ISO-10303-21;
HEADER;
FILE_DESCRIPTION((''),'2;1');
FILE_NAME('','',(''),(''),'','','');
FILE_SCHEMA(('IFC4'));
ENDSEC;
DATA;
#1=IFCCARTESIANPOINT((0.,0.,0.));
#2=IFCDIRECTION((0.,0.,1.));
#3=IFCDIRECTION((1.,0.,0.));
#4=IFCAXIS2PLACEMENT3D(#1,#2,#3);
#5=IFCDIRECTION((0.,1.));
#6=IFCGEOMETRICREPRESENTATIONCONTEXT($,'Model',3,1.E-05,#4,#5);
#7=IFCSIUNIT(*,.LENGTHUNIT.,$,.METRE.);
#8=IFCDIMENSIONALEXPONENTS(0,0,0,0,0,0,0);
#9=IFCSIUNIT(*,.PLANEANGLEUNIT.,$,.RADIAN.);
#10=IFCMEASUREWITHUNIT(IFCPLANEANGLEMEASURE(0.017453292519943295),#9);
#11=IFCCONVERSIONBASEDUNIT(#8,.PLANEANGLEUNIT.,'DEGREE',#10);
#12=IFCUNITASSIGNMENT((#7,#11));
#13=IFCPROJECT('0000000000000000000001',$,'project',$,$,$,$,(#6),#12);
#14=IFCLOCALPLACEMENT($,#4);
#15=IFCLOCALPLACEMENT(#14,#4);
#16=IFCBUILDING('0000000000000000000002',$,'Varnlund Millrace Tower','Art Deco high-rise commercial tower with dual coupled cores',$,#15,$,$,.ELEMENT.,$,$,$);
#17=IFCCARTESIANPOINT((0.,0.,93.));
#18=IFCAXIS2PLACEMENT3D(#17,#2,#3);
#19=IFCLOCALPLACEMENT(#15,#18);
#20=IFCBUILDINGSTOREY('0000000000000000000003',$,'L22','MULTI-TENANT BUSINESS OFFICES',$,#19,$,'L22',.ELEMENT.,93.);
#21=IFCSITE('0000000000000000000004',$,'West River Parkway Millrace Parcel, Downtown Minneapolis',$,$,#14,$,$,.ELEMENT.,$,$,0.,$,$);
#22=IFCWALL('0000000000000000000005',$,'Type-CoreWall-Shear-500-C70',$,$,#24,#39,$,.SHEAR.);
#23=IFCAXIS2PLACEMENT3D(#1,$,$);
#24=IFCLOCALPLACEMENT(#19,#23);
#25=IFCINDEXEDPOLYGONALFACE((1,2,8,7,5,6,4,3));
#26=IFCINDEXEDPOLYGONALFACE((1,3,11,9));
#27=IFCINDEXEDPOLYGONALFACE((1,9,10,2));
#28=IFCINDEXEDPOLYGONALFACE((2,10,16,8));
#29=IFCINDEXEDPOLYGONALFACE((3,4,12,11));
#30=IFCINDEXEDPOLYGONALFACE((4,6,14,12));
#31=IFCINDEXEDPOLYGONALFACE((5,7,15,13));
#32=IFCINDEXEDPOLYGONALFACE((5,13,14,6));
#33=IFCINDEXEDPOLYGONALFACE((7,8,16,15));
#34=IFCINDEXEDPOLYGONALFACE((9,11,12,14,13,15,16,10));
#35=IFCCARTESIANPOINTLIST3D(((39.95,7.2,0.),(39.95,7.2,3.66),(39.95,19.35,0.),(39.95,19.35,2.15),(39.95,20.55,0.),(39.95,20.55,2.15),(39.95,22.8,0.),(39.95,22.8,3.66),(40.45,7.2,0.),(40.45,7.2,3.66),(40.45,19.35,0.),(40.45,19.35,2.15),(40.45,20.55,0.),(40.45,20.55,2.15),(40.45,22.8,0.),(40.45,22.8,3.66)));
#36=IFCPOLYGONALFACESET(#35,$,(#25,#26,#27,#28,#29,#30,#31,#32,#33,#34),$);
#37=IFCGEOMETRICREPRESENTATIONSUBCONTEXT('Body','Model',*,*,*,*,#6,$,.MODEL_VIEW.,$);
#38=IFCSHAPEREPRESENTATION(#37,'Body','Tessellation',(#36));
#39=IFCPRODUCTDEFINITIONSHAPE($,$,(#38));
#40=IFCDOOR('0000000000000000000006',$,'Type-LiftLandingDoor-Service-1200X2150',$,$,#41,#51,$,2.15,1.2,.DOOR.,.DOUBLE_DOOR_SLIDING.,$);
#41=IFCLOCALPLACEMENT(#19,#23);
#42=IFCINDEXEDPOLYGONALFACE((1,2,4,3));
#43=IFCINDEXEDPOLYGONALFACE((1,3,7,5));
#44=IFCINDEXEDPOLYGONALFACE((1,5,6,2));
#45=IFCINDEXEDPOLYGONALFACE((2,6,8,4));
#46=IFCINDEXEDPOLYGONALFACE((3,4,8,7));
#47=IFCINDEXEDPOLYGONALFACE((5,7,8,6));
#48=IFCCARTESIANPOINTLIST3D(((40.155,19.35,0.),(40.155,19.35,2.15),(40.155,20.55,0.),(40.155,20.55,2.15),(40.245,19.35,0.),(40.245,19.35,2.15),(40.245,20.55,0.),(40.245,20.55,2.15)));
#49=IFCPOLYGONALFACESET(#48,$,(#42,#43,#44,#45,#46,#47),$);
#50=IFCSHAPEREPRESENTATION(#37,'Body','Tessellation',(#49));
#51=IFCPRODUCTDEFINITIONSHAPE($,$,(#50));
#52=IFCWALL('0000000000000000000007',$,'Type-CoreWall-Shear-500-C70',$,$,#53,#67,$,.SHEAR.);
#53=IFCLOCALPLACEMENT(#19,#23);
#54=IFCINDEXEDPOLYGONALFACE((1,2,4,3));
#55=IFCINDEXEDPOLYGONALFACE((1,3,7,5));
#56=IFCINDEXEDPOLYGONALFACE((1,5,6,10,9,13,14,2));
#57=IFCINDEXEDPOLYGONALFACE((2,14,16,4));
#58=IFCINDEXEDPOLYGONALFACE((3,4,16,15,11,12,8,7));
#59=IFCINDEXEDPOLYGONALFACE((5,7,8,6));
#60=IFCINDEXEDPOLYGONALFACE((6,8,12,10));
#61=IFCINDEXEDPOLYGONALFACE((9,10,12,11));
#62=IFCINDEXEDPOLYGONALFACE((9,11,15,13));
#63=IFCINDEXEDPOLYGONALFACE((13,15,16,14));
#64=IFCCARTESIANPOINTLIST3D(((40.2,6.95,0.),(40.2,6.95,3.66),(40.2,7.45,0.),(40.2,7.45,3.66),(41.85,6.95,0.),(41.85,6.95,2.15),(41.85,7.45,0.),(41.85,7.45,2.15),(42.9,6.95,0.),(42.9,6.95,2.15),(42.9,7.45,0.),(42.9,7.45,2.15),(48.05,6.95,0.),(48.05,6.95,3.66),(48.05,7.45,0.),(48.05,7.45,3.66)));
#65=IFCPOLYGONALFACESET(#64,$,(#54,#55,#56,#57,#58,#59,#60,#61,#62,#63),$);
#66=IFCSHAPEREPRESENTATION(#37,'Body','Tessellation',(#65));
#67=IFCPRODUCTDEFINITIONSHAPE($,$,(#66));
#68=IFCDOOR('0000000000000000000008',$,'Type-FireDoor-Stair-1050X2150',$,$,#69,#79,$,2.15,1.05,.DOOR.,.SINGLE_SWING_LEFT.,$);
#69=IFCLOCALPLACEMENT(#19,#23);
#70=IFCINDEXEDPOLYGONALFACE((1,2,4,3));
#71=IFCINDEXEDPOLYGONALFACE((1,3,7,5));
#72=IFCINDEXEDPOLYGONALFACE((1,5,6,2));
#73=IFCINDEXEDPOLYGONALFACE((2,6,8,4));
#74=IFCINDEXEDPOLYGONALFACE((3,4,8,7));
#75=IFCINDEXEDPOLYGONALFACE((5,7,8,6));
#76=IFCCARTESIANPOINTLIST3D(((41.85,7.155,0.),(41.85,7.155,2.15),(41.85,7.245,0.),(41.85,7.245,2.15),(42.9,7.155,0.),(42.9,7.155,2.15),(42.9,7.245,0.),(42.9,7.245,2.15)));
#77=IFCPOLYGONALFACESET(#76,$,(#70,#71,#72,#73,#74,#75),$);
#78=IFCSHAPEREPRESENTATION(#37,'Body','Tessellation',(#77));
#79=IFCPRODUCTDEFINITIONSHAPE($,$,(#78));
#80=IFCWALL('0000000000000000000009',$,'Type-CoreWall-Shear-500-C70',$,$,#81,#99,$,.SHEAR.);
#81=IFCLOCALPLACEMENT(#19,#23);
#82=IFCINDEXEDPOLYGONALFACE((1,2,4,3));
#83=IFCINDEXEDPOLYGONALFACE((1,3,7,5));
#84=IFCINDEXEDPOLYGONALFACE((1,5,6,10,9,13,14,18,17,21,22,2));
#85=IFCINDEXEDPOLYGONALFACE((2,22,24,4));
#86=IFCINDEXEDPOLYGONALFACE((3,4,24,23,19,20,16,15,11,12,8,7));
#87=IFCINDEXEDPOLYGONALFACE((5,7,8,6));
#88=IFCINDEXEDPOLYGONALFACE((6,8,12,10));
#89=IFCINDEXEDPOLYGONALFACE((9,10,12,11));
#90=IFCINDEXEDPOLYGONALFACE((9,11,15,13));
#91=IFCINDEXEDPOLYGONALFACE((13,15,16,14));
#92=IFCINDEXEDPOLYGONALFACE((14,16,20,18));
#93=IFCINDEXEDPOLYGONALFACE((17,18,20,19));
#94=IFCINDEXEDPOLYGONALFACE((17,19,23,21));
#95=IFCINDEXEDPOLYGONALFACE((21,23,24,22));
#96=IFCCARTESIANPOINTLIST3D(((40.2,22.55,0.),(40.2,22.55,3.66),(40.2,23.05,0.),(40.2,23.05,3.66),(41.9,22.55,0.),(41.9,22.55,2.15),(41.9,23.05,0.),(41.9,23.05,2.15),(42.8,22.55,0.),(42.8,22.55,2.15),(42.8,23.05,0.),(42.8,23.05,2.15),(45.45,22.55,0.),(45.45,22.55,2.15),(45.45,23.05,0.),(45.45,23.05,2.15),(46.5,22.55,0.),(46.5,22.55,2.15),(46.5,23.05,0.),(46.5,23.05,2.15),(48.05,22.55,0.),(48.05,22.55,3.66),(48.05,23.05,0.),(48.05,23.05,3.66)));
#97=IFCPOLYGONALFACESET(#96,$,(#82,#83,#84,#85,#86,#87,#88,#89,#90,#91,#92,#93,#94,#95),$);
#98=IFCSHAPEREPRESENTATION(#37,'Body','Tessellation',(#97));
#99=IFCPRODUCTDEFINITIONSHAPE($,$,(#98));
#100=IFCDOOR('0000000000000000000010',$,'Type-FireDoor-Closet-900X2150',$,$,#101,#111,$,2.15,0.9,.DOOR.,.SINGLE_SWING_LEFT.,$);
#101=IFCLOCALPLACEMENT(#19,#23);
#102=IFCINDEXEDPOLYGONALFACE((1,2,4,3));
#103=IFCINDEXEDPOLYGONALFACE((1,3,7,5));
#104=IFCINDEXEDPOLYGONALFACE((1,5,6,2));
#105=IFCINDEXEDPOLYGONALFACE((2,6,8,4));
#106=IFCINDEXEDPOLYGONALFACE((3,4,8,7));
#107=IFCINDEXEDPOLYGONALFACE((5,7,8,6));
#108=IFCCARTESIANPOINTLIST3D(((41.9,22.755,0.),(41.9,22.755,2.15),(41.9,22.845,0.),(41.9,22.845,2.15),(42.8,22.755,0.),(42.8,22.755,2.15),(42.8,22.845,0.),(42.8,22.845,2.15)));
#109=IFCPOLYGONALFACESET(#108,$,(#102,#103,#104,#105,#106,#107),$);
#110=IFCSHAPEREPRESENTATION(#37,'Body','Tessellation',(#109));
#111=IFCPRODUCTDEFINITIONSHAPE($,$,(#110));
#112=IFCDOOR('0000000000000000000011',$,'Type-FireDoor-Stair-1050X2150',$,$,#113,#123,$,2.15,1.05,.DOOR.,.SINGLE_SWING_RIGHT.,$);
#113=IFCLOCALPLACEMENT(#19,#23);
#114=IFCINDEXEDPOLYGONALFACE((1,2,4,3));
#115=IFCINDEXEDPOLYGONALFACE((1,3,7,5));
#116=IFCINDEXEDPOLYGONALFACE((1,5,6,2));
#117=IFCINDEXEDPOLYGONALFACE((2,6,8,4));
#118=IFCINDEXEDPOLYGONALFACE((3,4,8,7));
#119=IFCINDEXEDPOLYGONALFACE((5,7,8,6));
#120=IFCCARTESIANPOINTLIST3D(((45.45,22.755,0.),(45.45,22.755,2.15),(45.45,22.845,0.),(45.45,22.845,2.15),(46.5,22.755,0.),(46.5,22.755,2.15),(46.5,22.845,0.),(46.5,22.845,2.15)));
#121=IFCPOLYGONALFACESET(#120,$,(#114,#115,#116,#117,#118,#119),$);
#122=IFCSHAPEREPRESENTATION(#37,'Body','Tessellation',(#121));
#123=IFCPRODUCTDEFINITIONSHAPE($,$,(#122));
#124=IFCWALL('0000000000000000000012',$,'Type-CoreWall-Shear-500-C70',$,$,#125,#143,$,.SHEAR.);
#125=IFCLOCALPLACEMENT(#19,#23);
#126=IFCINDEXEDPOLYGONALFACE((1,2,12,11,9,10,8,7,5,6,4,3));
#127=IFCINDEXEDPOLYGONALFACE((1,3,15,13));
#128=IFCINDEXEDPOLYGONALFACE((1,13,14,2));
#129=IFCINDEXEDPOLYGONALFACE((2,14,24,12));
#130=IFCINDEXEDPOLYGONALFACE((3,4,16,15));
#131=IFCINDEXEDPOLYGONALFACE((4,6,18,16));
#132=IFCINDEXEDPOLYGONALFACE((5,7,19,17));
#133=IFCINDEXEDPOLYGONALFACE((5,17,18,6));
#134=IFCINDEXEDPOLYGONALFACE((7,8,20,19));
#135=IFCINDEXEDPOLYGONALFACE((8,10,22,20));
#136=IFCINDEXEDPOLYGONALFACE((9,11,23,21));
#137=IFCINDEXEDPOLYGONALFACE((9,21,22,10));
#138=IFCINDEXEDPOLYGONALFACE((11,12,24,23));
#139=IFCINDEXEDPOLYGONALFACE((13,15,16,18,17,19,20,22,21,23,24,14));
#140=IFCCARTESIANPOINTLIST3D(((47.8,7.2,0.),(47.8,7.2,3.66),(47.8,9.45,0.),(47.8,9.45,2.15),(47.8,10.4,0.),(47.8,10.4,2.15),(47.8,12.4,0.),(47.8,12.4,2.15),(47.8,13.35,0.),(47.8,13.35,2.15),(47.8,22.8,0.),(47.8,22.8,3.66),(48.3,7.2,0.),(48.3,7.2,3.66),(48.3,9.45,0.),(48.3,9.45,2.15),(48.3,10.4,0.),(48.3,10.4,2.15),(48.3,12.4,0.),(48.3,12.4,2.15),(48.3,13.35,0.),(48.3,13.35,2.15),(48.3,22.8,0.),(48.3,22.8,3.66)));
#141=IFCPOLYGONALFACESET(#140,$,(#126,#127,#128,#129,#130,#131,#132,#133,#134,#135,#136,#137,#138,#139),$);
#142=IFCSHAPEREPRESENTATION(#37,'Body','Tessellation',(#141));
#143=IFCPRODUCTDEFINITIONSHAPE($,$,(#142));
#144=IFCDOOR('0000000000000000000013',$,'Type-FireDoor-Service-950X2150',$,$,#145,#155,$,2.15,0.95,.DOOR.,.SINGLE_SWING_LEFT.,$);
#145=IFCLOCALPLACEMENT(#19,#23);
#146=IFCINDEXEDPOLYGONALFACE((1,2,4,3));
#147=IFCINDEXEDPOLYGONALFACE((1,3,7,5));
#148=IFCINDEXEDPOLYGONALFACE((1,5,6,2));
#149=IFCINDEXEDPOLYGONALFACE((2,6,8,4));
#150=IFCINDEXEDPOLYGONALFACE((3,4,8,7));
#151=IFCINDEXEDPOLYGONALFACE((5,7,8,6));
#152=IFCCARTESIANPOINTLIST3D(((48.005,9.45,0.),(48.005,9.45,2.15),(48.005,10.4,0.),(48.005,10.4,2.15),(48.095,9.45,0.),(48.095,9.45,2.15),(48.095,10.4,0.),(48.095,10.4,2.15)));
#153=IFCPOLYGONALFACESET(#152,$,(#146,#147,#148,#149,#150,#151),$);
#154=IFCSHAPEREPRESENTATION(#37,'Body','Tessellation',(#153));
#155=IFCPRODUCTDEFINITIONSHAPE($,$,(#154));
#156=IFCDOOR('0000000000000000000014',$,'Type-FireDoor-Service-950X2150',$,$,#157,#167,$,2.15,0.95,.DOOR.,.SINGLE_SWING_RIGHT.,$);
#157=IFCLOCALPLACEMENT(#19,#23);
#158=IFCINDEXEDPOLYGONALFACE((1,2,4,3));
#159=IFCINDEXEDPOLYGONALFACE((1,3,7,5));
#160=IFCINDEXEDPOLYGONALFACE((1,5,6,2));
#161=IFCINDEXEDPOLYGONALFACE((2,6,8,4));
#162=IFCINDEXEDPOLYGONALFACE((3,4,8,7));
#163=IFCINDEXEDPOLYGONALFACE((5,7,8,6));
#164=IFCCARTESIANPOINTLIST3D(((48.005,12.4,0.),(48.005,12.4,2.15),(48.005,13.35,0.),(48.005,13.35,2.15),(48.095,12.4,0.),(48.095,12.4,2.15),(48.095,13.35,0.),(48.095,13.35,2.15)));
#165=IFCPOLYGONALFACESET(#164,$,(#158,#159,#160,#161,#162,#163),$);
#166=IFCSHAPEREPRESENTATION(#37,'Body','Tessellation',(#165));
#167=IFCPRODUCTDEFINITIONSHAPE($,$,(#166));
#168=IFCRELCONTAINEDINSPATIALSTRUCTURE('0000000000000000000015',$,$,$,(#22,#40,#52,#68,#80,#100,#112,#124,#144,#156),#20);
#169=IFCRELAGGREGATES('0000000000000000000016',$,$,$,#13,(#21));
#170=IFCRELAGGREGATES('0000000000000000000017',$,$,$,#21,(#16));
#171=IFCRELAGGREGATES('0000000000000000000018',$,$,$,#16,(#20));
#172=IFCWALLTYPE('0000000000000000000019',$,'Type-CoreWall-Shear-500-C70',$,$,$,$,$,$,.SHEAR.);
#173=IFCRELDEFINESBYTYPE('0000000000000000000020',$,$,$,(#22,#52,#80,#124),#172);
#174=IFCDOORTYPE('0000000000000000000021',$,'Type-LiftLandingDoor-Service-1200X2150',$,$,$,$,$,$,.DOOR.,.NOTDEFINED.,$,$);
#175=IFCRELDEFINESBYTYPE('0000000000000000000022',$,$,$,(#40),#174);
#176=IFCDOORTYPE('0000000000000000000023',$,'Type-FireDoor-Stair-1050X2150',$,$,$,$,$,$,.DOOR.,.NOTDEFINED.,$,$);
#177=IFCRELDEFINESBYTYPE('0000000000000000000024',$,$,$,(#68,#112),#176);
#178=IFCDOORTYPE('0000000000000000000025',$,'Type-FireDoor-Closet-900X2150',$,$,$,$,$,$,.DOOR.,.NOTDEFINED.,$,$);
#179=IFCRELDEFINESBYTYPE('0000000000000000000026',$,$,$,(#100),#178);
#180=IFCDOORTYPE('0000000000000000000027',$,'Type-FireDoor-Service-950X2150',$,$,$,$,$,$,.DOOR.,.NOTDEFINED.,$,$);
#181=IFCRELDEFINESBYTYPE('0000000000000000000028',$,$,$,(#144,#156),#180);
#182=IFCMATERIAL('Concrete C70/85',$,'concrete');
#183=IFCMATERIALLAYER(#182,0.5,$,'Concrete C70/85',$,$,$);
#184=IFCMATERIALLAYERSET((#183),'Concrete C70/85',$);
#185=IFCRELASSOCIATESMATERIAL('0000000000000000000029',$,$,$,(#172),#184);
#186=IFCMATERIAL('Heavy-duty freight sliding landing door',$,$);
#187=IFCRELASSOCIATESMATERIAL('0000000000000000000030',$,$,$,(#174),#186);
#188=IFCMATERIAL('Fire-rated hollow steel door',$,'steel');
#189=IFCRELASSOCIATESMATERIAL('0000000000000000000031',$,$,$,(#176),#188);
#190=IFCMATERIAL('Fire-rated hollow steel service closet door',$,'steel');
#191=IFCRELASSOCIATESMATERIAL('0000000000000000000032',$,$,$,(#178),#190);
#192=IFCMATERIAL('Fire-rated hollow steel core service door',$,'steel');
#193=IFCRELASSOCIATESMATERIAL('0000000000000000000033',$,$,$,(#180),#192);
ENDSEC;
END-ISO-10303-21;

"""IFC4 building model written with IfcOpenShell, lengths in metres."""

from ifc_helpers import new_model, entity, si_unit, converted_unit, direction, frame, origin_with_axes, origin_2d_with_axis, place, context, subcontext, project, spatial, polyline, rectangle, outline, extrude, material, layer, layer_set, type_object, element, fill, save


model = new_model("IFC4")

# Units and contexts
model_context = context("Model", 3, precision=1e-05, world=origin_with_axes(), true_north=direction((0.0, 1.0)))
body_context = subcontext(model_context, "Body", "Model", "MODEL_VIEW")
ifc_project = project(units=[si_unit("LENGTHUNIT", "METRE"), converted_unit("PLANEANGLEUNIT", "DEGREE", entity("IfcPlaneAngleMeasure", 0.017453292519943295), si_unit("PLANEANGLEUNIT", "RADIAN"), dimensions=[0, 0, 0, 0, 0, 0, 0])], contexts=[model_context])

# Site, building, storey
site_placement = place(None, origin_with_axes())
site = spatial("IfcSite", under=ifc_project, at=site_placement, Name="West River Parkway Millrace Parcel, Downtown Minneapolis", CompositionType="ELEMENT", RefElevation=0.0)
building_placement = place(site_placement, origin_with_axes())
building = spatial("IfcBuilding", under=site, at=building_placement, Name="Varnlund Millrace Tower", Description="Art Deco high-rise commercial tower with dual coupled cores", CompositionType="ELEMENT")
storey_placement = place(building_placement, frame((0.0, 0.0, 93.0), z_axis=(0.0, 0.0, 1.0), x_axis=(1.0, 0.0, 0.0)))
storey = spatial("IfcBuildingStorey", under=building, at=storey_placement, Name="L22", Description="MULTI-TENANT BUSINESS OFFICES", LongName="L22", CompositionType="ELEMENT", Elevation=93.0)

# Walls, openings, doors
ifc_material_1 = material(Name="Concrete C70/85", Category="concrete")
ifc_layer_1 = layer(ifc_material_1, 0.5, Name="Concrete C70/85")
ifc_layer_set_1 = layer_set([ifc_layer_1], Name="Concrete C70/85")
wall_type_1 = type_object("IfcWallType", Name="Type-CoreWall-Shear-500-C70", PredefinedType="SHEAR", material=ifc_layer_set_1)
wall_1_placement = place(storey_placement, frame((40.2, 7.2, 0.0), z_axis=(0.0, 0.0, 1.0), x_axis=(0.0, 1.0, 0.0)))
wall_1 = element("IfcWall", 1, at=wall_1_placement, inside=storey, type_object=wall_type_1, Name="Type-CoreWall-Shear-500-C70", PredefinedType="SHEAR", context=body_context, shape_type="SweptSolid", body=[
    extrude(outline(polyline([(0.0, -0.25), (15.6, -0.25), (15.6, 0.25), (0.0, 0.25), (0.0, -0.25)])), origin_with_axes(), (0.0, 0.0, 1.0), 3.66),
])
opening_1_placement = place(wall_1_placement, frame((12.75, 0.0, 0.0), z_axis=(0.0, 0.0, 1.0), x_axis=(1.0, 0.0, 0.0)))
opening_1 = element("IfcOpeningElement", 2, at=opening_1_placement, cuts=wall_1, PredefinedType="OPENING", context=body_context, shape_type="SweptSolid", body=[
    extrude(rectangle(XDim=1.2, YDim=0.52, at=origin_2d_with_axis()), origin_with_axes(), (0.0, 0.0, 1.0), 2.15),
])
ifc_material_2 = material(Name="Heavy-duty freight sliding landing door")
door_type_1 = type_object("IfcDoorType", Name="Type-LiftLandingDoor-Service-1200X2150", OperationType="NOTDEFINED", PredefinedType="DOOR", material=ifc_material_2)
door_1_placement = place(wall_1_placement, frame((12.75, 0.0, 0.0), z_axis=(0.0, 0.0, 1.0), x_axis=(1.0, 0.0, 0.0)))
door_1 = element("IfcDoor", 3, at=door_1_placement, inside=storey, type_object=door_type_1, Name="Type-LiftLandingDoor-Service-1200X2150", OperationType="DOUBLE_DOOR_SLIDING", OverallHeight=2.15, OverallWidth=1.2, PredefinedType="DOOR", context=body_context, shape_type="SweptSolid", body=[
    extrude(rectangle(XDim=1.2, YDim=0.09, at=origin_2d_with_axis()), origin_with_axes(), (0.0, 0.0, 1.0), 2.15),
])
fill(opening_1, door_1)
wall_2_placement = place(storey_placement, frame((40.2, 7.2, 0.0), z_axis=(0.0, 0.0, 1.0), x_axis=(1.0, 0.0, 0.0)))
wall_2 = element("IfcWall", 4, at=wall_2_placement, inside=storey, type_object=wall_type_1, Name="Type-CoreWall-Shear-500-C70", PredefinedType="SHEAR", context=body_context, shape_type="SweptSolid", body=[
    extrude(outline(polyline([(0.0, -0.25), (7.85, -0.25), (7.85, 0.25), (0.0, 0.25), (0.0, -0.25)])), origin_with_axes(), (0.0, 0.0, 1.0), 3.66),
])
opening_2_placement = place(wall_2_placement, frame((2.175, 0.0, 0.0), z_axis=(0.0, 0.0, 1.0), x_axis=(1.0, 0.0, 0.0)))
opening_2 = element("IfcOpeningElement", 5, at=opening_2_placement, cuts=wall_2, PredefinedType="OPENING", context=body_context, shape_type="SweptSolid", body=[
    extrude(rectangle(XDim=1.05, YDim=0.52, at=origin_2d_with_axis()), origin_with_axes(), (0.0, 0.0, 1.0), 2.15),
])
ifc_material_3 = material(Name="Fire-rated hollow steel door", Category="steel")
door_type_2 = type_object("IfcDoorType", Name="Type-FireDoor-Stair-1050X2150", OperationType="NOTDEFINED", PredefinedType="DOOR", material=ifc_material_3)
door_2_placement = place(wall_2_placement, frame((2.175, 0.0, 0.0), z_axis=(0.0, 0.0, 1.0), x_axis=(1.0, 0.0, 0.0)))
door_2 = element("IfcDoor", 6, at=door_2_placement, inside=storey, type_object=door_type_2, Name="Type-FireDoor-Stair-1050X2150", OperationType="SINGLE_SWING_LEFT", OverallHeight=2.15, OverallWidth=1.05, PredefinedType="DOOR", context=body_context, shape_type="SweptSolid", body=[
    extrude(rectangle(XDim=1.05, YDim=0.09, at=origin_2d_with_axis()), origin_with_axes(), (0.0, 0.0, 1.0), 2.15),
])
fill(opening_2, door_2)

# Walls, openings, doors
wall_3_placement = place(storey_placement, frame((40.2, 22.8, 0.0), z_axis=(0.0, 0.0, 1.0), x_axis=(1.0, 0.0, 0.0)))
wall_3 = element("IfcWall", 7, at=wall_3_placement, inside=storey, type_object=wall_type_1, Name="Type-CoreWall-Shear-500-C70", PredefinedType="SHEAR", context=body_context, shape_type="SweptSolid", body=[
    extrude(outline(polyline([(0.0, -0.25), (7.85, -0.25), (7.85, 0.25), (0.0, 0.25), (0.0, -0.25)])), origin_with_axes(), (0.0, 0.0, 1.0), 3.66),
])
opening_3_placement = place(wall_3_placement, frame((5.775, 0.0, 0.0), z_axis=(0.0, 0.0, 1.0), x_axis=(1.0, 0.0, 0.0)))
opening_3 = element("IfcOpeningElement", 8, at=opening_3_placement, cuts=wall_3, PredefinedType="OPENING", context=body_context, shape_type="SweptSolid", body=[
    extrude(rectangle(XDim=1.05, YDim=0.52, at=origin_2d_with_axis()), origin_with_axes(), (0.0, 0.0, 1.0), 2.15),
])
opening_4_placement = place(wall_3_placement, frame((2.15, 0.0, 0.0), z_axis=(0.0, 0.0, 1.0), x_axis=(1.0, 0.0, 0.0)))
opening_4 = element("IfcOpeningElement", 9, at=opening_4_placement, cuts=wall_3, PredefinedType="OPENING", context=body_context, shape_type="SweptSolid", body=[
    extrude(rectangle(XDim=0.9, YDim=0.52, at=origin_2d_with_axis()), origin_with_axes(), (0.0, 0.0, 1.0), 2.15),
])
ifc_material_4 = material(Name="Fire-rated hollow steel service closet door", Category="steel")
door_type_3 = type_object("IfcDoorType", Name="Type-FireDoor-Closet-900X2150", OperationType="NOTDEFINED", PredefinedType="DOOR", material=ifc_material_4)
door_3_placement = place(wall_3_placement, frame((2.15, 0.0, 0.0), z_axis=(0.0, 0.0, 1.0), x_axis=(1.0, 0.0, 0.0)))
door_3 = element("IfcDoor", 10, at=door_3_placement, inside=storey, type_object=door_type_3, Name="Type-FireDoor-Closet-900X2150", OperationType="SINGLE_SWING_LEFT", OverallHeight=2.15, OverallWidth=0.9, PredefinedType="DOOR", context=body_context, shape_type="SweptSolid", body=[
    extrude(rectangle(XDim=0.9, YDim=0.09, at=origin_2d_with_axis()), origin_with_axes(), (0.0, 0.0, 1.0), 2.15),
])
fill(opening_4, door_3)
door_4_placement = place(wall_3_placement, frame((5.775, 0.0, 0.0), z_axis=(0.0, 0.0, 1.0), x_axis=(1.0, 0.0, 0.0)))
door_4 = element("IfcDoor", 11, at=door_4_placement, inside=storey, type_object=door_type_2, Name="Type-FireDoor-Stair-1050X2150", OperationType="SINGLE_SWING_RIGHT", OverallHeight=2.15, OverallWidth=1.05, PredefinedType="DOOR", context=body_context, shape_type="SweptSolid", body=[
    extrude(rectangle(XDim=1.05, YDim=0.09, at=origin_2d_with_axis()), origin_with_axes(), (0.0, 0.0, 1.0), 2.15),
])
fill(opening_3, door_4)
wall_4_placement = place(storey_placement, frame((48.05, 7.2, 0.0), z_axis=(0.0, 0.0, 1.0), x_axis=(0.0, 1.0, 0.0)))
wall_4 = element("IfcWall", 12, at=wall_4_placement, inside=storey, type_object=wall_type_1, Name="Type-CoreWall-Shear-500-C70", PredefinedType="SHEAR", context=body_context, shape_type="SweptSolid", body=[
    extrude(outline(polyline([(0.0, -0.25), (15.6, -0.25), (15.6, 0.25), (0.0, 0.25), (0.0, -0.25)])), origin_with_axes(), (0.0, 0.0, 1.0), 3.66),
])
opening_5_placement = place(wall_4_placement, frame((2.725, 0.0, 0.0), z_axis=(0.0, 0.0, 1.0), x_axis=(1.0, 0.0, 0.0)))
opening_5 = element("IfcOpeningElement", 13, at=opening_5_placement, cuts=wall_4, PredefinedType="OPENING", context=body_context, shape_type="SweptSolid", body=[
    extrude(rectangle(XDim=0.95, YDim=0.52, at=origin_2d_with_axis()), origin_with_axes(), (0.0, 0.0, 1.0), 2.15),
])
opening_6_placement = place(wall_4_placement, frame((5.675, 0.0, 0.0), z_axis=(0.0, 0.0, 1.0), x_axis=(1.0, 0.0, 0.0)))
opening_6 = element("IfcOpeningElement", 14, at=opening_6_placement, cuts=wall_4, PredefinedType="OPENING", context=body_context, shape_type="SweptSolid", body=[
    extrude(rectangle(XDim=0.95, YDim=0.52, at=origin_2d_with_axis()), origin_with_axes(), (0.0, 0.0, 1.0), 2.15),
])
ifc_material_5 = material(Name="Fire-rated hollow steel core service door", Category="steel")
door_type_4 = type_object("IfcDoorType", Name="Type-FireDoor-Service-950X2150", OperationType="NOTDEFINED", PredefinedType="DOOR", material=ifc_material_5)
door_5_placement = place(wall_4_placement, frame((2.725, 0.0, 0.0), z_axis=(0.0, 0.0, 1.0), x_axis=(1.0, 0.0, 0.0)))
door_5 = element("IfcDoor", 15, at=door_5_placement, inside=storey, type_object=door_type_4, Name="Type-FireDoor-Service-950X2150", OperationType="SINGLE_SWING_LEFT", OverallHeight=2.15, OverallWidth=0.95, PredefinedType="DOOR", context=body_context, shape_type="SweptSolid", body=[
    extrude(rectangle(XDim=0.95, YDim=0.09, at=origin_2d_with_axis()), origin_with_axes(), (0.0, 0.0, 1.0), 2.15),
])
fill(opening_5, door_5)
door_6_placement = place(wall_4_placement, frame((5.675, 0.0, 0.0), z_axis=(0.0, 0.0, 1.0), x_axis=(1.0, 0.0, 0.0)))
door_6 = element("IfcDoor", 16, at=door_6_placement, inside=storey, type_object=door_type_4, Name="Type-FireDoor-Service-950X2150", OperationType="SINGLE_SWING_RIGHT", OverallHeight=2.15, OverallWidth=0.95, PredefinedType="DOOR", context=body_context, shape_type="SweptSolid", body=[
    extrude(rectangle(XDim=0.95, YDim=0.09, at=origin_2d_with_axis()), origin_with_axes(), (0.0, 0.0, 1.0), 2.15),
])
fill(opening_6, door_6)

save(model, "model.ifc")
